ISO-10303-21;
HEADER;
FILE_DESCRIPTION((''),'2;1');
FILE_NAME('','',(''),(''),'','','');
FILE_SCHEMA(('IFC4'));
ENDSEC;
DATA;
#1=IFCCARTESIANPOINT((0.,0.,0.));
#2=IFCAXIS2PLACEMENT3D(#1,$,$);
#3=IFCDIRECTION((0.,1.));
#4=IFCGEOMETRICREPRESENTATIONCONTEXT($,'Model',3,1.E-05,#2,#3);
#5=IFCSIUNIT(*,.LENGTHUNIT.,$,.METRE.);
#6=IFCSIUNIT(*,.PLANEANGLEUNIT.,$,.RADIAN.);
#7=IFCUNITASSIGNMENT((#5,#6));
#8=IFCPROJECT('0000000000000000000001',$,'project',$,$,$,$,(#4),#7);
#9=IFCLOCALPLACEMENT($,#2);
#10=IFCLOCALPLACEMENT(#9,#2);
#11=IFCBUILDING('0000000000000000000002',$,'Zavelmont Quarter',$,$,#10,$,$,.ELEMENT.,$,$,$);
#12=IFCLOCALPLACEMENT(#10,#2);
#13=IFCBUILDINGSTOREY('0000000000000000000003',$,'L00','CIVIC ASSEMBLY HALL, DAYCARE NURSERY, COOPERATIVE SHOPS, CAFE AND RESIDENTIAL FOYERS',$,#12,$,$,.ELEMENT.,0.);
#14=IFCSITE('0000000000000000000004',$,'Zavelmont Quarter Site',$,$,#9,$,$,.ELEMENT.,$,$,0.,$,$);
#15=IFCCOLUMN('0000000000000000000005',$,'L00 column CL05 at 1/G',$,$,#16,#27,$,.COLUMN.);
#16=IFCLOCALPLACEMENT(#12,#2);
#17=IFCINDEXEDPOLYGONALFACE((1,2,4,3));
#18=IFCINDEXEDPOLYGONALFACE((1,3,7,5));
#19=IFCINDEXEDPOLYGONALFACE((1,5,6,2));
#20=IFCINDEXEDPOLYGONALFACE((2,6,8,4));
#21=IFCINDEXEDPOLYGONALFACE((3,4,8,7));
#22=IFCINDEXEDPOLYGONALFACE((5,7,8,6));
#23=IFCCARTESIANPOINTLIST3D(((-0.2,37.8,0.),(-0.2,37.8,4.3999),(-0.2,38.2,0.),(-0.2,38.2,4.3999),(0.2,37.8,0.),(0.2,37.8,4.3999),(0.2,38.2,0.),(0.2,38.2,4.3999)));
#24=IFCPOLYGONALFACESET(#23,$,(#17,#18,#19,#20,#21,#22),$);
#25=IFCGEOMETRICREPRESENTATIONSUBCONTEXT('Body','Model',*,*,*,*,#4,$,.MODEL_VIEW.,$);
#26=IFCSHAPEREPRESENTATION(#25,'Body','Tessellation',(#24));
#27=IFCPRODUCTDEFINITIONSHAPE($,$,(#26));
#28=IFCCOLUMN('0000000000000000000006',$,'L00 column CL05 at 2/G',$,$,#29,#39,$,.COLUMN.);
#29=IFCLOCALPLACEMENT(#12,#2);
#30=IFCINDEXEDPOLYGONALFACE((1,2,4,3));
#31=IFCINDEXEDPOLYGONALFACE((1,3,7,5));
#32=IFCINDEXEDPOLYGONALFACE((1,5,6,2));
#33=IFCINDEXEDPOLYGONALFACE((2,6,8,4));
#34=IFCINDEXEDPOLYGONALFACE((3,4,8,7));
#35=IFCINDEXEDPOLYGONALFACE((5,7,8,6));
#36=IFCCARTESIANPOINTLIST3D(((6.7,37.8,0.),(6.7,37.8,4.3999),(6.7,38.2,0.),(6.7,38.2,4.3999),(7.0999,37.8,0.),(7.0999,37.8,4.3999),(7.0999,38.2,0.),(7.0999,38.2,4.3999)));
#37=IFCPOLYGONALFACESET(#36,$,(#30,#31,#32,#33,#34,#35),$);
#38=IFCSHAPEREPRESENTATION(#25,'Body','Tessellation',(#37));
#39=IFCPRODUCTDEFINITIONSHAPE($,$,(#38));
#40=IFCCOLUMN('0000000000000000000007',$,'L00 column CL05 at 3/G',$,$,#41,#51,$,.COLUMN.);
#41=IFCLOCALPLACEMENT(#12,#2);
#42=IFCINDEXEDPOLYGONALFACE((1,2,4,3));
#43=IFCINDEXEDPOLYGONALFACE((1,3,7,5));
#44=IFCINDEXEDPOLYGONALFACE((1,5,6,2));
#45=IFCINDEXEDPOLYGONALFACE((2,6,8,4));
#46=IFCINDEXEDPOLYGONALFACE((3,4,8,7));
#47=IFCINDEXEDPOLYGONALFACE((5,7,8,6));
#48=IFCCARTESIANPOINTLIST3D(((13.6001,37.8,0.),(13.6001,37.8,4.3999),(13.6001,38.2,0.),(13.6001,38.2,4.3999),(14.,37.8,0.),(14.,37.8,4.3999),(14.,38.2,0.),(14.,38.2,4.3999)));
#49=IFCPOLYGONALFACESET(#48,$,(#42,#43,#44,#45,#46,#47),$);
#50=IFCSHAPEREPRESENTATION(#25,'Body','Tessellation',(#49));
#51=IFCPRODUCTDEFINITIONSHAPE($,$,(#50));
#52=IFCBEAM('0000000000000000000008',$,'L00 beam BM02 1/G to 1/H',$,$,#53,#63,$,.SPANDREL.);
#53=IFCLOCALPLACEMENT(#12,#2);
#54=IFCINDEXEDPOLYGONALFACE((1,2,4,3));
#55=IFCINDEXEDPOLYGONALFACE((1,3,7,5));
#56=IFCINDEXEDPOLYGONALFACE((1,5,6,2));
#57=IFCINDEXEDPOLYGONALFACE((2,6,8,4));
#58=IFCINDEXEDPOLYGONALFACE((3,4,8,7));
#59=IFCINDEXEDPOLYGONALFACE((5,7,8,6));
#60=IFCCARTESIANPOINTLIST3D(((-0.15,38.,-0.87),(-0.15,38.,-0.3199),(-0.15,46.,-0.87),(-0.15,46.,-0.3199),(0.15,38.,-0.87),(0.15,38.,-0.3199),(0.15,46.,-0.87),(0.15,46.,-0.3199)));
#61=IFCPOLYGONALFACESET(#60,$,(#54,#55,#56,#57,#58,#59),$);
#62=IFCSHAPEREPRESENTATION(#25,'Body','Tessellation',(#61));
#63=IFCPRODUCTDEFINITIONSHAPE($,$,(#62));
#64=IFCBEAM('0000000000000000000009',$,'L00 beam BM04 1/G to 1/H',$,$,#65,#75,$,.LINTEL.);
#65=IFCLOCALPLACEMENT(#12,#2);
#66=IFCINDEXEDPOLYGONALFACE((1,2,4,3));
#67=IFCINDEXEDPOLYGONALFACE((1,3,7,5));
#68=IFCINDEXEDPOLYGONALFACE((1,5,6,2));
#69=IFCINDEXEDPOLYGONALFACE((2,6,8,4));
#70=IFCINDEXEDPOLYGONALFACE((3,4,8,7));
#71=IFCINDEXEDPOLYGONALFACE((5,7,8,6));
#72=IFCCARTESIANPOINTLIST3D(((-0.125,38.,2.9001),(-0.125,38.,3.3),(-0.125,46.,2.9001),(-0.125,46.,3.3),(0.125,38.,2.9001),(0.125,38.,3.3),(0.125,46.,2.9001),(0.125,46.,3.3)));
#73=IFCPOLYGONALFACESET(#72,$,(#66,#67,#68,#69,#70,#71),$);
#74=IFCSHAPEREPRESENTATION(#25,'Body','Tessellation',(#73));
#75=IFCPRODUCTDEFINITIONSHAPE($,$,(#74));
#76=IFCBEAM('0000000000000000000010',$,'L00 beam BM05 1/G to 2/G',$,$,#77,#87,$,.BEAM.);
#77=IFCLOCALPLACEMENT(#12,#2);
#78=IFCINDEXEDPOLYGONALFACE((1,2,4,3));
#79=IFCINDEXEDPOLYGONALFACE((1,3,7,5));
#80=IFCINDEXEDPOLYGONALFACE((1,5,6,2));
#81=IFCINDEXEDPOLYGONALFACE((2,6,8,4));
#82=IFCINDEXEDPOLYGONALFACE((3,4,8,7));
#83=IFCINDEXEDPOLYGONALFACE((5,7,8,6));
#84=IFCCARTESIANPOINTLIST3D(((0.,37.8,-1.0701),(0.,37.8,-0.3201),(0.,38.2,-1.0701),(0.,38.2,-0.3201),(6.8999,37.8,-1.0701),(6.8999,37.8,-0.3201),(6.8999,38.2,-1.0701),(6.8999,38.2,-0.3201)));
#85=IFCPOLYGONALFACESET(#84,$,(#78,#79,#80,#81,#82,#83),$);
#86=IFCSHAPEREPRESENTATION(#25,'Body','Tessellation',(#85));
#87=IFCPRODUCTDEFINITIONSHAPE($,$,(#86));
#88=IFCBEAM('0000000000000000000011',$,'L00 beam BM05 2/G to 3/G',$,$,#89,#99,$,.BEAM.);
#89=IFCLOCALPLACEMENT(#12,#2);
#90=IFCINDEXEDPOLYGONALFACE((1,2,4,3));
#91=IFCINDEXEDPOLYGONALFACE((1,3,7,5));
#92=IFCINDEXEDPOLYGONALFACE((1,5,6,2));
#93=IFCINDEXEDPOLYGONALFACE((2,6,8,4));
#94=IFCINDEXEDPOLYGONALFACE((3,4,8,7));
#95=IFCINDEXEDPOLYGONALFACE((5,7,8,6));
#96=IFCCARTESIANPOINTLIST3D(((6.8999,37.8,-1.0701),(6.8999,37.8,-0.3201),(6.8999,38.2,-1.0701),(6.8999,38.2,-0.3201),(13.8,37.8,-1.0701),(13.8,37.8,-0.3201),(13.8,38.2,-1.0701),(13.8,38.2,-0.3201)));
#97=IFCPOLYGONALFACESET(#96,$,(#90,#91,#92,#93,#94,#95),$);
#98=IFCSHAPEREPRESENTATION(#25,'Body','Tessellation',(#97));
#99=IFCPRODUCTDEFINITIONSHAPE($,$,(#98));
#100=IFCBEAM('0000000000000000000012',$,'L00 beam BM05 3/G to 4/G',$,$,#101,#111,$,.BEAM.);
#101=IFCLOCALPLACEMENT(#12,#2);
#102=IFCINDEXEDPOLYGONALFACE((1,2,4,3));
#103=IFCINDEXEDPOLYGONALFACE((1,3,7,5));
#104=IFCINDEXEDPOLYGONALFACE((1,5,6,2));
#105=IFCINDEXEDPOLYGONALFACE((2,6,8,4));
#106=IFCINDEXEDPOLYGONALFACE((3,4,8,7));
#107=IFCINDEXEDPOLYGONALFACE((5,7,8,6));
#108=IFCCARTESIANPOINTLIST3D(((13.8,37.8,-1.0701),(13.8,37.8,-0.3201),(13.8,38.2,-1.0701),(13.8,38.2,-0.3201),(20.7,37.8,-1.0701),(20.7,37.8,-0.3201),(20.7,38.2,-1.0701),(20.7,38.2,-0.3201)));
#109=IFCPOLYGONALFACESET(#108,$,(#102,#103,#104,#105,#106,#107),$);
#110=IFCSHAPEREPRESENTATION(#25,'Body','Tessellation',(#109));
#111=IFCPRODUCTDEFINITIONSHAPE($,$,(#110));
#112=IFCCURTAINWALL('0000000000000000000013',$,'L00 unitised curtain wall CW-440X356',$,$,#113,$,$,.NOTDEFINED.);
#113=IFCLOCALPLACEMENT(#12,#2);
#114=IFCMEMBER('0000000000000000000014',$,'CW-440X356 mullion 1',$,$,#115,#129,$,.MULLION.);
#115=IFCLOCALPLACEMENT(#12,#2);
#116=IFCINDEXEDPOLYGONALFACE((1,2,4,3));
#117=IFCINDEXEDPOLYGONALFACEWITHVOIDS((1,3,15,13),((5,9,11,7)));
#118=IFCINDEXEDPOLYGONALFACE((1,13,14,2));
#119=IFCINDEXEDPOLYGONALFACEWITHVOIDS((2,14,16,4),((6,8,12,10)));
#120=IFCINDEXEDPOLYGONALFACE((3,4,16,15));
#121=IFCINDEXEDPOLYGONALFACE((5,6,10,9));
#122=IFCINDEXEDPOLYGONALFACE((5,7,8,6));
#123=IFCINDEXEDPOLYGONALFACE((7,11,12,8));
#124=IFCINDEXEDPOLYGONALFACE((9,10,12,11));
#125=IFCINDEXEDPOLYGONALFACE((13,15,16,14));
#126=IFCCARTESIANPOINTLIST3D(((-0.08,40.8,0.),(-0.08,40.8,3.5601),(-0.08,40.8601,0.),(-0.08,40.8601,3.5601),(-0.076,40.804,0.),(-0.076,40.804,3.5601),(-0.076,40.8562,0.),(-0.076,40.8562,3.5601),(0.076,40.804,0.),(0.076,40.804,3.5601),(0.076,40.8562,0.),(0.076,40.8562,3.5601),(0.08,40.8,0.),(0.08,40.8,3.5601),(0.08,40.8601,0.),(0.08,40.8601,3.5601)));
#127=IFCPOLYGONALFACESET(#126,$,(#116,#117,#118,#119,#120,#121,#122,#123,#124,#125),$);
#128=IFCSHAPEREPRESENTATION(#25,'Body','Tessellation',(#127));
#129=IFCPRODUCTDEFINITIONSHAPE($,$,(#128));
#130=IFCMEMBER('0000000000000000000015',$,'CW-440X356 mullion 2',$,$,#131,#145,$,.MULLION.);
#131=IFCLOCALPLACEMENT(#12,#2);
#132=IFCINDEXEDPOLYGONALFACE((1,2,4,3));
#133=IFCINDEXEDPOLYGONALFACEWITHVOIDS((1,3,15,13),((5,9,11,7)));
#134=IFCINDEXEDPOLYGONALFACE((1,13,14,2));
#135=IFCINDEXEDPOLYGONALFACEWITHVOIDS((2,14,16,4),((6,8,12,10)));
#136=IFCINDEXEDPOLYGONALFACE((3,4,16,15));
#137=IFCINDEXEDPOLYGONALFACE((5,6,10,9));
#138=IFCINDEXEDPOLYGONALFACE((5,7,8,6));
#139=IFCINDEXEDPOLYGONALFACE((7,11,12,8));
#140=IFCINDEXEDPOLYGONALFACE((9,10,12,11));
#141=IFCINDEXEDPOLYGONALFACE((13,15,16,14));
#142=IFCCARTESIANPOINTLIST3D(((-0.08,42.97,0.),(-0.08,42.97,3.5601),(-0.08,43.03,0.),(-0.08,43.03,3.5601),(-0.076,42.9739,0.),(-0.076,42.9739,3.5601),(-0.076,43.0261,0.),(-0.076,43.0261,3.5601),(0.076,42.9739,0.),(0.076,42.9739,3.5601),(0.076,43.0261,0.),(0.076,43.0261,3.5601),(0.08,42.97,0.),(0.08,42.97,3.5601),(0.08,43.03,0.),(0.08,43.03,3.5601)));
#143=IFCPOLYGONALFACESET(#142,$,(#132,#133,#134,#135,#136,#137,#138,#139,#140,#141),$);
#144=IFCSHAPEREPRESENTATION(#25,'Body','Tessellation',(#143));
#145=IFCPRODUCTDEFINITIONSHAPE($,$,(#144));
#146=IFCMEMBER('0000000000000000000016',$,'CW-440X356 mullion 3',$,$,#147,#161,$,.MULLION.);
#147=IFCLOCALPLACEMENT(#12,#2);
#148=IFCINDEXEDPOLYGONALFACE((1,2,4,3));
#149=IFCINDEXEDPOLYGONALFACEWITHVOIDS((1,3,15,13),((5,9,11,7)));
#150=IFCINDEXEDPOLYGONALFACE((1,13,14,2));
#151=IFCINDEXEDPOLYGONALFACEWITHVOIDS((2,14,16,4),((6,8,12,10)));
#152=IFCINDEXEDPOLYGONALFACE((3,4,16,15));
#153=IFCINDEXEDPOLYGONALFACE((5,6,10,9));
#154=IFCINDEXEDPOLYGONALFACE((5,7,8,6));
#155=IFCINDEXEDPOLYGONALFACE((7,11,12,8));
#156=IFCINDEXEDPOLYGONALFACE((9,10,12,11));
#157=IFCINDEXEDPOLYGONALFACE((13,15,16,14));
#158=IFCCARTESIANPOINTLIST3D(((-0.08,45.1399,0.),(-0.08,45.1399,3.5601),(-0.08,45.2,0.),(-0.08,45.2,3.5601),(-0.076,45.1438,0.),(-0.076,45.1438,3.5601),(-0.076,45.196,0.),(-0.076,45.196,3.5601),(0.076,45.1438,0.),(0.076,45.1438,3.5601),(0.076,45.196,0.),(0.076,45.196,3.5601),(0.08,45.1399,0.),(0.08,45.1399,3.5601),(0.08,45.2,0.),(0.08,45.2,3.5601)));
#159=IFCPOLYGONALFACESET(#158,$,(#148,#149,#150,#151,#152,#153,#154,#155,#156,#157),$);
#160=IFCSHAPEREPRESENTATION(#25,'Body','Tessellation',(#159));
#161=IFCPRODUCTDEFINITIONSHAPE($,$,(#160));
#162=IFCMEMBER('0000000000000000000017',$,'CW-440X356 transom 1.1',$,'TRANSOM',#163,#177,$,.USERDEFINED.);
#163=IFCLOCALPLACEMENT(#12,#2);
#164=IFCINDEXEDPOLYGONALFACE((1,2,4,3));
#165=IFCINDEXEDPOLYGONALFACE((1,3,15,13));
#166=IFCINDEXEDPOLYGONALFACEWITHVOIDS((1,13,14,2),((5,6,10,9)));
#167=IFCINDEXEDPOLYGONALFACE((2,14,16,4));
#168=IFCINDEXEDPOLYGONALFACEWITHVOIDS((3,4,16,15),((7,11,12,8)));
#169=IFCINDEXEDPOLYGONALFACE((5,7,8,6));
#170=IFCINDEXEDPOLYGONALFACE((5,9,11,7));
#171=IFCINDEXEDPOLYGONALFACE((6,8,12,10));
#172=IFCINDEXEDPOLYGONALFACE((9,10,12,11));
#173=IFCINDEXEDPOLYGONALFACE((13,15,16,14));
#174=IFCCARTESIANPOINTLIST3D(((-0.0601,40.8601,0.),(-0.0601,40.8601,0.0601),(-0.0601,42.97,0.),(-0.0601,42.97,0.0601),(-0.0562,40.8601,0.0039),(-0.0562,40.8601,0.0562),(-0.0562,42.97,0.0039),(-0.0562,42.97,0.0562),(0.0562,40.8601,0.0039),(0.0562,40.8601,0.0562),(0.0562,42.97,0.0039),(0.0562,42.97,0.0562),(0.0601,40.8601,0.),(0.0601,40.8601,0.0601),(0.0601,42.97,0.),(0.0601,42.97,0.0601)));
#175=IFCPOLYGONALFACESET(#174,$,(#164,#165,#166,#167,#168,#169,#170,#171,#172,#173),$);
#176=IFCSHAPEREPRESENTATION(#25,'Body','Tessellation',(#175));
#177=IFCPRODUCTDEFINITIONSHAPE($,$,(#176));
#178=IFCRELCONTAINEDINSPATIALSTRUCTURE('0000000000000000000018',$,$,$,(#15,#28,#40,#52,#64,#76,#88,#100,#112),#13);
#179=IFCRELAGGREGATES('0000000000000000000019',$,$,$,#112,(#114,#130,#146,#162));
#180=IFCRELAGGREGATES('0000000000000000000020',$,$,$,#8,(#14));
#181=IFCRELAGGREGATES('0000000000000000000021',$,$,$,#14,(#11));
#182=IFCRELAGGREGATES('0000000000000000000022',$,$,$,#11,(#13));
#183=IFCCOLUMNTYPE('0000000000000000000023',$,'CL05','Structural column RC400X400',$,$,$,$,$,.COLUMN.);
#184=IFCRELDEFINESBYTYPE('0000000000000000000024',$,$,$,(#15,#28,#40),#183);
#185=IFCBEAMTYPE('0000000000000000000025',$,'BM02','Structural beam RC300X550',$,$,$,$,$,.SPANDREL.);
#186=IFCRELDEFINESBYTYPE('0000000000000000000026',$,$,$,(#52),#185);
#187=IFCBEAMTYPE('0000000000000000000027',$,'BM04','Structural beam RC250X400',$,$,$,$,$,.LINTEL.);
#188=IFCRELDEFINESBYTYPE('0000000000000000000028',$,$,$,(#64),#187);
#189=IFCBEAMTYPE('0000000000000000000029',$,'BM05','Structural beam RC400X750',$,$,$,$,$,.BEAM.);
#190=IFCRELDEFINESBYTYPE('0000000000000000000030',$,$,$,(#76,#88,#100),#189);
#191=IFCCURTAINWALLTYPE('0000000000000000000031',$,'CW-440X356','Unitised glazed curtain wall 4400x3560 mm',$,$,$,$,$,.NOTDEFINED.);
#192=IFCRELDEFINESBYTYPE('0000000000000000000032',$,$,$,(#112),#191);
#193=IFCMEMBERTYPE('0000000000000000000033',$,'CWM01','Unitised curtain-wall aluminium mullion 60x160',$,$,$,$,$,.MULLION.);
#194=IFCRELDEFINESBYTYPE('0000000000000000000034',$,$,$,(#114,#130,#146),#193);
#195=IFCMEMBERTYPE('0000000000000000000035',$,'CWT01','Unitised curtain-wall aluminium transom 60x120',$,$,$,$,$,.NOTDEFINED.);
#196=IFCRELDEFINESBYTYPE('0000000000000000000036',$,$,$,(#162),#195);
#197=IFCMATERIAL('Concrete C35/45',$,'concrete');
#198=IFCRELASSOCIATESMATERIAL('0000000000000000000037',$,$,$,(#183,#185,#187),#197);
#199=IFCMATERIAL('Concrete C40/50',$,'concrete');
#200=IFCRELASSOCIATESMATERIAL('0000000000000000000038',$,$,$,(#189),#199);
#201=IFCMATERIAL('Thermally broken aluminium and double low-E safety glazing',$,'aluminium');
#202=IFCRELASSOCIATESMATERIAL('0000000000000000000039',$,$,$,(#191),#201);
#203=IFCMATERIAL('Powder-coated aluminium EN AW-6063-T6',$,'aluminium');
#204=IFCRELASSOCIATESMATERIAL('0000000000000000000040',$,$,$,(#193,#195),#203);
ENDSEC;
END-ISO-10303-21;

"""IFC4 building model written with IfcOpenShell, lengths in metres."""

from ifc_helpers import new_model, si_unit, direction, frame, origin, origin_2d, place, context, subcontext, project, spatial, rectangle, hollow_rectangle, extrude, material, material_profile, profile_set, type_object, element, aggregate, save


model = new_model("IFC4")

# Units and contexts
model_context = context("Model", 3, precision=1e-05, world=origin(), true_north=direction((0.0, 1.0)))
body_context = subcontext(model_context, "Body", "Model", "MODEL_VIEW")
ifc_project = project(units=[si_unit("LENGTHUNIT", "METRE"), si_unit("PLANEANGLEUNIT", "RADIAN")], contexts=[model_context])

# Site, building, storey
site_placement = place(None, origin())
site = spatial("IfcSite", under=ifc_project, at=site_placement, Name="Zavelmont Quarter Site", CompositionType="ELEMENT", RefElevation=0.0)
building_placement = place(site_placement, origin())
building = spatial("IfcBuilding", under=site, at=building_placement, Name="Zavelmont Quarter", CompositionType="ELEMENT")
storey_placement = place(building_placement, origin())
storey = spatial("IfcBuildingStorey", under=building, at=storey_placement, Name="L00", Description="CIVIC ASSEMBLY HALL, DAYCARE NURSERY, COOPERATIVE SHOPS, CAFE AND RESIDENTIAL FOYERS", CompositionType="ELEMENT", Elevation=0.0)

# Columns
ifc_material_1 = material(Name="Concrete C35/45", Category="concrete")
ifc_material_profile_1 = material_profile(ifc_material_1, rectangle(XDim=0.3999, YDim=0.3999, at=origin_2d()), Name="RC400X400")
ifc_profile_set_1 = profile_set([ifc_material_profile_1], Name="Concrete C35/45")
column_type = type_object("IfcColumnType", Name="CL05", Description="Structural column RC400X400", PredefinedType="COLUMN", material=ifc_profile_set_1)
for number, where, z_axis, x_axis, name in (
    (1, (0.0, 38.0, 0.0), (0.0, 0.0, 1.0), (1.0, 0.0, 0.0), "L00 column CL05 at 1/G"),
    (2, (6.8999, 38.0, 0.0), (0.0, 0.0, 1.0), (1.0, 0.0, 0.0), "L00 column CL05 at 2/G"),
    (3, (13.8, 38.0, 0.0), (0.0, 0.0, 1.0), (1.0, 0.0, 0.0), "L00 column CL05 at 3/G"),
):
    element("IfcColumn", number, at=place(storey_placement, frame(where, z_axis=z_axis, x_axis=x_axis)), inside=storey, type_object=column_type, Name=name, PredefinedType="COLUMN", context=body_context, shape_type="SweptSolid", body=[
        extrude(rectangle(XDim=0.3999, YDim=0.3999, at=origin_2d()), origin(), (0.0, 0.0, 1.0), 4.3999),
    ])

# Beams
ifc_material_profile_2 = material_profile(ifc_material_1, rectangle(XDim=0.3, YDim=0.55, at=origin_2d()), Name="RC300X550")
ifc_profile_set_2 = profile_set([ifc_material_profile_2], Name="Concrete C35/45")
beam_type_1 = type_object("IfcBeamType", Name="BM02", Description="Structural beam RC300X550", PredefinedType="SPANDREL", material=ifc_profile_set_2)
beam_1_placement = place(storey_placement, frame((0.0, 38.0, -0.595), z_axis=(0.0, 1.0, 0.0), x_axis=(-1.0, 0.0, 0.0)))
element("IfcBeam", 4, at=beam_1_placement, inside=storey, type_object=beam_type_1, Name="L00 beam BM02 1/G to 1/H", PredefinedType="SPANDREL", context=body_context, shape_type="SweptSolid", body=[
    extrude(rectangle(XDim=0.3, YDim=0.55, at=origin_2d()), origin(), (0.0, 0.0, 1.0), 8.0),
])
ifc_material_profile_3 = material_profile(ifc_material_1, rectangle(XDim=0.25, YDim=0.3999, at=origin_2d()), Name="RC250X400")
ifc_profile_set_3 = profile_set([ifc_material_profile_3], Name="Concrete C35/45")
beam_type_2 = type_object("IfcBeamType", Name="BM04", Description="Structural beam RC250X400", PredefinedType="LINTEL", material=ifc_profile_set_3)
beam_2_placement = place(storey_placement, frame((0.0, 38.0, 3.1001), z_axis=(0.0, 1.0, 0.0), x_axis=(-1.0, 0.0, 0.0)))
element("IfcBeam", 5, at=beam_2_placement, inside=storey, type_object=beam_type_2, Name="L00 beam BM04 1/G to 1/H", PredefinedType="LINTEL", context=body_context, shape_type="SweptSolid", body=[
    extrude(rectangle(XDim=0.25, YDim=0.3999, at=origin_2d()), origin(), (0.0, 0.0, 1.0), 8.0),
])
ifc_material_2 = material(Name="Concrete C40/50", Category="concrete")
ifc_material_profile_4 = material_profile(ifc_material_2, rectangle(XDim=0.3999, YDim=0.75, at=origin_2d()), Name="RC400X750")
ifc_profile_set_4 = profile_set([ifc_material_profile_4], Name="Concrete C40/50")
beam_type_3 = type_object("IfcBeamType", Name="BM05", Description="Structural beam RC400X750", PredefinedType="BEAM", material=ifc_profile_set_4)
beam_3_placement = place(storey_placement, frame((0.0, 38.0, -0.6951), z_axis=(1.0, 0.0, 0.0), x_axis=(0.0, 1.0, 0.0)))
element("IfcBeam", 6, at=beam_3_placement, inside=storey, type_object=beam_type_3, Name="L00 beam BM05 1/G to 2/G", PredefinedType="BEAM", context=body_context, shape_type="SweptSolid", body=[
    extrude(rectangle(XDim=0.3999, YDim=0.75, at=origin_2d()), origin(), (0.0, 0.0, 1.0), 6.8999),
])
beam_4_placement = place(storey_placement, frame((6.8999, 38.0, -0.6951), z_axis=(1.0, 0.0, 0.0), x_axis=(0.0, 1.0, 0.0)))
element("IfcBeam", 7, at=beam_4_placement, inside=storey, type_object=beam_type_3, Name="L00 beam BM05 2/G to 3/G", PredefinedType="BEAM", context=body_context, shape_type="SweptSolid", body=[
    extrude(rectangle(XDim=0.3999, YDim=0.75, at=origin_2d()), origin(), (0.0, 0.0, 1.0), 6.9001),
])
beam_5_placement = place(storey_placement, frame((13.8, 38.0, -0.6951), z_axis=(1.0, 0.0, 0.0), x_axis=(0.0, 1.0, 0.0)))
element("IfcBeam", 8, at=beam_5_placement, inside=storey, type_object=beam_type_3, Name="L00 beam BM05 3/G to 4/G", PredefinedType="BEAM", context=body_context, shape_type="SweptSolid", body=[
    extrude(rectangle(XDim=0.3999, YDim=0.75, at=origin_2d()), origin(), (0.0, 0.0, 1.0), 6.8999),
])

# Curtain wall, members
ifc_material_3 = material(Name="Thermally broken aluminium and double low-E safety glazing", Category="aluminium")
curtain_wall_type = type_object("IfcCurtainWallType", Name="CW-440X356", Description="Unitised glazed curtain wall 4400x3560 mm", PredefinedType="NOTDEFINED", material=ifc_material_3)
curtain_wall_placement = place(storey_placement, origin())
curtain_wall = element("IfcCurtainWall", 9, at=curtain_wall_placement, inside=storey, type_object=curtain_wall_type, Name="L00 unitised curtain wall CW-440X356", PredefinedType="NOTDEFINED")
ifc_material_4 = material(Name="Powder-coated aluminium EN AW-6063-T6", Category="aluminium")
ifc_material_profile_5 = material_profile(ifc_material_4, hollow_rectangle(XDim=0.0601, YDim=0.1599, WallThickness=0.0039, at=origin_2d()), Name="CWM60X160")
ifc_profile_set_5 = profile_set([ifc_material_profile_5], Name="Powder-coated aluminium EN AW-6063-T6")
member_type_1 = type_object("IfcMemberType", Name="CWM01", Description="Unitised curtain-wall aluminium mullion 60x160", PredefinedType="MULLION", material=ifc_profile_set_5)
member_1_placement = place(storey_placement, frame((0.0, 40.8301, 0.0), z_axis=(0.0, 0.0, 1.0), x_axis=(0.0, 1.0, 0.0)))
member_1 = element("IfcMember", 10, at=member_1_placement, type_object=member_type_1, Name="CW-440X356 mullion 1", PredefinedType="MULLION", context=body_context, shape_type="SweptSolid", body=[
    extrude(hollow_rectangle(XDim=0.0601, YDim=0.1599, WallThickness=0.0039, at=origin_2d()), origin(), (0.0, 0.0, 1.0), 3.5601),
])
member_2_placement = place(storey_placement, frame((0.0, 43.0, 0.0), z_axis=(0.0, 0.0, 1.0), x_axis=(0.0, 1.0, 0.0)))
member_2 = element("IfcMember", 11, at=member_2_placement, type_object=member_type_1, Name="CW-440X356 mullion 2", PredefinedType="MULLION", context=body_context, shape_type="SweptSolid", body=[
    extrude(hollow_rectangle(XDim=0.0601, YDim=0.1599, WallThickness=0.0039, at=origin_2d()), origin(), (0.0, 0.0, 1.0), 3.5601),
])
member_3_placement = place(storey_placement, frame((0.0, 45.1699, 0.0), z_axis=(0.0, 0.0, 1.0), x_axis=(0.0, 1.0, 0.0)))
member_3 = element("IfcMember", 12, at=member_3_placement, type_object=member_type_1, Name="CW-440X356 mullion 3", PredefinedType="MULLION", context=body_context, shape_type="SweptSolid", body=[
    extrude(hollow_rectangle(XDim=0.0601, YDim=0.1599, WallThickness=0.0039, at=origin_2d()), origin(), (0.0, 0.0, 1.0), 3.5601),
])
ifc_material_profile_6 = material_profile(ifc_material_4, hollow_rectangle(XDim=0.1201, YDim=0.0601, WallThickness=0.0039, at=origin_2d()), Name="CWT60X120")
ifc_profile_set_6 = profile_set([ifc_material_profile_6], Name="Powder-coated aluminium EN AW-6063-T6")
member_type_2 = type_object("IfcMemberType", Name="CWT01", Description="Unitised curtain-wall aluminium transom 60x120", PredefinedType="NOTDEFINED", material=ifc_profile_set_6)
member_4_placement = place(storey_placement, frame((0.0, 40.8601, 0.03), z_axis=(0.0, 1.0, 0.0), x_axis=(-1.0, 0.0, 0.0)))
member_4 = element("IfcMember", 13, at=member_4_placement, type_object=member_type_2, Name="CW-440X356 transom 1.1", ObjectType="TRANSOM", PredefinedType="USERDEFINED", context=body_context, shape_type="SweptSolid", body=[
    extrude(hollow_rectangle(XDim=0.1201, YDim=0.0601, WallThickness=0.0039, at=origin_2d()), origin(), (0.0, 0.0, 1.0), 2.1099),
])
aggregate(curtain_wall, [member_1, member_2, member_3, member_4])

save(model, "model.ifc")
